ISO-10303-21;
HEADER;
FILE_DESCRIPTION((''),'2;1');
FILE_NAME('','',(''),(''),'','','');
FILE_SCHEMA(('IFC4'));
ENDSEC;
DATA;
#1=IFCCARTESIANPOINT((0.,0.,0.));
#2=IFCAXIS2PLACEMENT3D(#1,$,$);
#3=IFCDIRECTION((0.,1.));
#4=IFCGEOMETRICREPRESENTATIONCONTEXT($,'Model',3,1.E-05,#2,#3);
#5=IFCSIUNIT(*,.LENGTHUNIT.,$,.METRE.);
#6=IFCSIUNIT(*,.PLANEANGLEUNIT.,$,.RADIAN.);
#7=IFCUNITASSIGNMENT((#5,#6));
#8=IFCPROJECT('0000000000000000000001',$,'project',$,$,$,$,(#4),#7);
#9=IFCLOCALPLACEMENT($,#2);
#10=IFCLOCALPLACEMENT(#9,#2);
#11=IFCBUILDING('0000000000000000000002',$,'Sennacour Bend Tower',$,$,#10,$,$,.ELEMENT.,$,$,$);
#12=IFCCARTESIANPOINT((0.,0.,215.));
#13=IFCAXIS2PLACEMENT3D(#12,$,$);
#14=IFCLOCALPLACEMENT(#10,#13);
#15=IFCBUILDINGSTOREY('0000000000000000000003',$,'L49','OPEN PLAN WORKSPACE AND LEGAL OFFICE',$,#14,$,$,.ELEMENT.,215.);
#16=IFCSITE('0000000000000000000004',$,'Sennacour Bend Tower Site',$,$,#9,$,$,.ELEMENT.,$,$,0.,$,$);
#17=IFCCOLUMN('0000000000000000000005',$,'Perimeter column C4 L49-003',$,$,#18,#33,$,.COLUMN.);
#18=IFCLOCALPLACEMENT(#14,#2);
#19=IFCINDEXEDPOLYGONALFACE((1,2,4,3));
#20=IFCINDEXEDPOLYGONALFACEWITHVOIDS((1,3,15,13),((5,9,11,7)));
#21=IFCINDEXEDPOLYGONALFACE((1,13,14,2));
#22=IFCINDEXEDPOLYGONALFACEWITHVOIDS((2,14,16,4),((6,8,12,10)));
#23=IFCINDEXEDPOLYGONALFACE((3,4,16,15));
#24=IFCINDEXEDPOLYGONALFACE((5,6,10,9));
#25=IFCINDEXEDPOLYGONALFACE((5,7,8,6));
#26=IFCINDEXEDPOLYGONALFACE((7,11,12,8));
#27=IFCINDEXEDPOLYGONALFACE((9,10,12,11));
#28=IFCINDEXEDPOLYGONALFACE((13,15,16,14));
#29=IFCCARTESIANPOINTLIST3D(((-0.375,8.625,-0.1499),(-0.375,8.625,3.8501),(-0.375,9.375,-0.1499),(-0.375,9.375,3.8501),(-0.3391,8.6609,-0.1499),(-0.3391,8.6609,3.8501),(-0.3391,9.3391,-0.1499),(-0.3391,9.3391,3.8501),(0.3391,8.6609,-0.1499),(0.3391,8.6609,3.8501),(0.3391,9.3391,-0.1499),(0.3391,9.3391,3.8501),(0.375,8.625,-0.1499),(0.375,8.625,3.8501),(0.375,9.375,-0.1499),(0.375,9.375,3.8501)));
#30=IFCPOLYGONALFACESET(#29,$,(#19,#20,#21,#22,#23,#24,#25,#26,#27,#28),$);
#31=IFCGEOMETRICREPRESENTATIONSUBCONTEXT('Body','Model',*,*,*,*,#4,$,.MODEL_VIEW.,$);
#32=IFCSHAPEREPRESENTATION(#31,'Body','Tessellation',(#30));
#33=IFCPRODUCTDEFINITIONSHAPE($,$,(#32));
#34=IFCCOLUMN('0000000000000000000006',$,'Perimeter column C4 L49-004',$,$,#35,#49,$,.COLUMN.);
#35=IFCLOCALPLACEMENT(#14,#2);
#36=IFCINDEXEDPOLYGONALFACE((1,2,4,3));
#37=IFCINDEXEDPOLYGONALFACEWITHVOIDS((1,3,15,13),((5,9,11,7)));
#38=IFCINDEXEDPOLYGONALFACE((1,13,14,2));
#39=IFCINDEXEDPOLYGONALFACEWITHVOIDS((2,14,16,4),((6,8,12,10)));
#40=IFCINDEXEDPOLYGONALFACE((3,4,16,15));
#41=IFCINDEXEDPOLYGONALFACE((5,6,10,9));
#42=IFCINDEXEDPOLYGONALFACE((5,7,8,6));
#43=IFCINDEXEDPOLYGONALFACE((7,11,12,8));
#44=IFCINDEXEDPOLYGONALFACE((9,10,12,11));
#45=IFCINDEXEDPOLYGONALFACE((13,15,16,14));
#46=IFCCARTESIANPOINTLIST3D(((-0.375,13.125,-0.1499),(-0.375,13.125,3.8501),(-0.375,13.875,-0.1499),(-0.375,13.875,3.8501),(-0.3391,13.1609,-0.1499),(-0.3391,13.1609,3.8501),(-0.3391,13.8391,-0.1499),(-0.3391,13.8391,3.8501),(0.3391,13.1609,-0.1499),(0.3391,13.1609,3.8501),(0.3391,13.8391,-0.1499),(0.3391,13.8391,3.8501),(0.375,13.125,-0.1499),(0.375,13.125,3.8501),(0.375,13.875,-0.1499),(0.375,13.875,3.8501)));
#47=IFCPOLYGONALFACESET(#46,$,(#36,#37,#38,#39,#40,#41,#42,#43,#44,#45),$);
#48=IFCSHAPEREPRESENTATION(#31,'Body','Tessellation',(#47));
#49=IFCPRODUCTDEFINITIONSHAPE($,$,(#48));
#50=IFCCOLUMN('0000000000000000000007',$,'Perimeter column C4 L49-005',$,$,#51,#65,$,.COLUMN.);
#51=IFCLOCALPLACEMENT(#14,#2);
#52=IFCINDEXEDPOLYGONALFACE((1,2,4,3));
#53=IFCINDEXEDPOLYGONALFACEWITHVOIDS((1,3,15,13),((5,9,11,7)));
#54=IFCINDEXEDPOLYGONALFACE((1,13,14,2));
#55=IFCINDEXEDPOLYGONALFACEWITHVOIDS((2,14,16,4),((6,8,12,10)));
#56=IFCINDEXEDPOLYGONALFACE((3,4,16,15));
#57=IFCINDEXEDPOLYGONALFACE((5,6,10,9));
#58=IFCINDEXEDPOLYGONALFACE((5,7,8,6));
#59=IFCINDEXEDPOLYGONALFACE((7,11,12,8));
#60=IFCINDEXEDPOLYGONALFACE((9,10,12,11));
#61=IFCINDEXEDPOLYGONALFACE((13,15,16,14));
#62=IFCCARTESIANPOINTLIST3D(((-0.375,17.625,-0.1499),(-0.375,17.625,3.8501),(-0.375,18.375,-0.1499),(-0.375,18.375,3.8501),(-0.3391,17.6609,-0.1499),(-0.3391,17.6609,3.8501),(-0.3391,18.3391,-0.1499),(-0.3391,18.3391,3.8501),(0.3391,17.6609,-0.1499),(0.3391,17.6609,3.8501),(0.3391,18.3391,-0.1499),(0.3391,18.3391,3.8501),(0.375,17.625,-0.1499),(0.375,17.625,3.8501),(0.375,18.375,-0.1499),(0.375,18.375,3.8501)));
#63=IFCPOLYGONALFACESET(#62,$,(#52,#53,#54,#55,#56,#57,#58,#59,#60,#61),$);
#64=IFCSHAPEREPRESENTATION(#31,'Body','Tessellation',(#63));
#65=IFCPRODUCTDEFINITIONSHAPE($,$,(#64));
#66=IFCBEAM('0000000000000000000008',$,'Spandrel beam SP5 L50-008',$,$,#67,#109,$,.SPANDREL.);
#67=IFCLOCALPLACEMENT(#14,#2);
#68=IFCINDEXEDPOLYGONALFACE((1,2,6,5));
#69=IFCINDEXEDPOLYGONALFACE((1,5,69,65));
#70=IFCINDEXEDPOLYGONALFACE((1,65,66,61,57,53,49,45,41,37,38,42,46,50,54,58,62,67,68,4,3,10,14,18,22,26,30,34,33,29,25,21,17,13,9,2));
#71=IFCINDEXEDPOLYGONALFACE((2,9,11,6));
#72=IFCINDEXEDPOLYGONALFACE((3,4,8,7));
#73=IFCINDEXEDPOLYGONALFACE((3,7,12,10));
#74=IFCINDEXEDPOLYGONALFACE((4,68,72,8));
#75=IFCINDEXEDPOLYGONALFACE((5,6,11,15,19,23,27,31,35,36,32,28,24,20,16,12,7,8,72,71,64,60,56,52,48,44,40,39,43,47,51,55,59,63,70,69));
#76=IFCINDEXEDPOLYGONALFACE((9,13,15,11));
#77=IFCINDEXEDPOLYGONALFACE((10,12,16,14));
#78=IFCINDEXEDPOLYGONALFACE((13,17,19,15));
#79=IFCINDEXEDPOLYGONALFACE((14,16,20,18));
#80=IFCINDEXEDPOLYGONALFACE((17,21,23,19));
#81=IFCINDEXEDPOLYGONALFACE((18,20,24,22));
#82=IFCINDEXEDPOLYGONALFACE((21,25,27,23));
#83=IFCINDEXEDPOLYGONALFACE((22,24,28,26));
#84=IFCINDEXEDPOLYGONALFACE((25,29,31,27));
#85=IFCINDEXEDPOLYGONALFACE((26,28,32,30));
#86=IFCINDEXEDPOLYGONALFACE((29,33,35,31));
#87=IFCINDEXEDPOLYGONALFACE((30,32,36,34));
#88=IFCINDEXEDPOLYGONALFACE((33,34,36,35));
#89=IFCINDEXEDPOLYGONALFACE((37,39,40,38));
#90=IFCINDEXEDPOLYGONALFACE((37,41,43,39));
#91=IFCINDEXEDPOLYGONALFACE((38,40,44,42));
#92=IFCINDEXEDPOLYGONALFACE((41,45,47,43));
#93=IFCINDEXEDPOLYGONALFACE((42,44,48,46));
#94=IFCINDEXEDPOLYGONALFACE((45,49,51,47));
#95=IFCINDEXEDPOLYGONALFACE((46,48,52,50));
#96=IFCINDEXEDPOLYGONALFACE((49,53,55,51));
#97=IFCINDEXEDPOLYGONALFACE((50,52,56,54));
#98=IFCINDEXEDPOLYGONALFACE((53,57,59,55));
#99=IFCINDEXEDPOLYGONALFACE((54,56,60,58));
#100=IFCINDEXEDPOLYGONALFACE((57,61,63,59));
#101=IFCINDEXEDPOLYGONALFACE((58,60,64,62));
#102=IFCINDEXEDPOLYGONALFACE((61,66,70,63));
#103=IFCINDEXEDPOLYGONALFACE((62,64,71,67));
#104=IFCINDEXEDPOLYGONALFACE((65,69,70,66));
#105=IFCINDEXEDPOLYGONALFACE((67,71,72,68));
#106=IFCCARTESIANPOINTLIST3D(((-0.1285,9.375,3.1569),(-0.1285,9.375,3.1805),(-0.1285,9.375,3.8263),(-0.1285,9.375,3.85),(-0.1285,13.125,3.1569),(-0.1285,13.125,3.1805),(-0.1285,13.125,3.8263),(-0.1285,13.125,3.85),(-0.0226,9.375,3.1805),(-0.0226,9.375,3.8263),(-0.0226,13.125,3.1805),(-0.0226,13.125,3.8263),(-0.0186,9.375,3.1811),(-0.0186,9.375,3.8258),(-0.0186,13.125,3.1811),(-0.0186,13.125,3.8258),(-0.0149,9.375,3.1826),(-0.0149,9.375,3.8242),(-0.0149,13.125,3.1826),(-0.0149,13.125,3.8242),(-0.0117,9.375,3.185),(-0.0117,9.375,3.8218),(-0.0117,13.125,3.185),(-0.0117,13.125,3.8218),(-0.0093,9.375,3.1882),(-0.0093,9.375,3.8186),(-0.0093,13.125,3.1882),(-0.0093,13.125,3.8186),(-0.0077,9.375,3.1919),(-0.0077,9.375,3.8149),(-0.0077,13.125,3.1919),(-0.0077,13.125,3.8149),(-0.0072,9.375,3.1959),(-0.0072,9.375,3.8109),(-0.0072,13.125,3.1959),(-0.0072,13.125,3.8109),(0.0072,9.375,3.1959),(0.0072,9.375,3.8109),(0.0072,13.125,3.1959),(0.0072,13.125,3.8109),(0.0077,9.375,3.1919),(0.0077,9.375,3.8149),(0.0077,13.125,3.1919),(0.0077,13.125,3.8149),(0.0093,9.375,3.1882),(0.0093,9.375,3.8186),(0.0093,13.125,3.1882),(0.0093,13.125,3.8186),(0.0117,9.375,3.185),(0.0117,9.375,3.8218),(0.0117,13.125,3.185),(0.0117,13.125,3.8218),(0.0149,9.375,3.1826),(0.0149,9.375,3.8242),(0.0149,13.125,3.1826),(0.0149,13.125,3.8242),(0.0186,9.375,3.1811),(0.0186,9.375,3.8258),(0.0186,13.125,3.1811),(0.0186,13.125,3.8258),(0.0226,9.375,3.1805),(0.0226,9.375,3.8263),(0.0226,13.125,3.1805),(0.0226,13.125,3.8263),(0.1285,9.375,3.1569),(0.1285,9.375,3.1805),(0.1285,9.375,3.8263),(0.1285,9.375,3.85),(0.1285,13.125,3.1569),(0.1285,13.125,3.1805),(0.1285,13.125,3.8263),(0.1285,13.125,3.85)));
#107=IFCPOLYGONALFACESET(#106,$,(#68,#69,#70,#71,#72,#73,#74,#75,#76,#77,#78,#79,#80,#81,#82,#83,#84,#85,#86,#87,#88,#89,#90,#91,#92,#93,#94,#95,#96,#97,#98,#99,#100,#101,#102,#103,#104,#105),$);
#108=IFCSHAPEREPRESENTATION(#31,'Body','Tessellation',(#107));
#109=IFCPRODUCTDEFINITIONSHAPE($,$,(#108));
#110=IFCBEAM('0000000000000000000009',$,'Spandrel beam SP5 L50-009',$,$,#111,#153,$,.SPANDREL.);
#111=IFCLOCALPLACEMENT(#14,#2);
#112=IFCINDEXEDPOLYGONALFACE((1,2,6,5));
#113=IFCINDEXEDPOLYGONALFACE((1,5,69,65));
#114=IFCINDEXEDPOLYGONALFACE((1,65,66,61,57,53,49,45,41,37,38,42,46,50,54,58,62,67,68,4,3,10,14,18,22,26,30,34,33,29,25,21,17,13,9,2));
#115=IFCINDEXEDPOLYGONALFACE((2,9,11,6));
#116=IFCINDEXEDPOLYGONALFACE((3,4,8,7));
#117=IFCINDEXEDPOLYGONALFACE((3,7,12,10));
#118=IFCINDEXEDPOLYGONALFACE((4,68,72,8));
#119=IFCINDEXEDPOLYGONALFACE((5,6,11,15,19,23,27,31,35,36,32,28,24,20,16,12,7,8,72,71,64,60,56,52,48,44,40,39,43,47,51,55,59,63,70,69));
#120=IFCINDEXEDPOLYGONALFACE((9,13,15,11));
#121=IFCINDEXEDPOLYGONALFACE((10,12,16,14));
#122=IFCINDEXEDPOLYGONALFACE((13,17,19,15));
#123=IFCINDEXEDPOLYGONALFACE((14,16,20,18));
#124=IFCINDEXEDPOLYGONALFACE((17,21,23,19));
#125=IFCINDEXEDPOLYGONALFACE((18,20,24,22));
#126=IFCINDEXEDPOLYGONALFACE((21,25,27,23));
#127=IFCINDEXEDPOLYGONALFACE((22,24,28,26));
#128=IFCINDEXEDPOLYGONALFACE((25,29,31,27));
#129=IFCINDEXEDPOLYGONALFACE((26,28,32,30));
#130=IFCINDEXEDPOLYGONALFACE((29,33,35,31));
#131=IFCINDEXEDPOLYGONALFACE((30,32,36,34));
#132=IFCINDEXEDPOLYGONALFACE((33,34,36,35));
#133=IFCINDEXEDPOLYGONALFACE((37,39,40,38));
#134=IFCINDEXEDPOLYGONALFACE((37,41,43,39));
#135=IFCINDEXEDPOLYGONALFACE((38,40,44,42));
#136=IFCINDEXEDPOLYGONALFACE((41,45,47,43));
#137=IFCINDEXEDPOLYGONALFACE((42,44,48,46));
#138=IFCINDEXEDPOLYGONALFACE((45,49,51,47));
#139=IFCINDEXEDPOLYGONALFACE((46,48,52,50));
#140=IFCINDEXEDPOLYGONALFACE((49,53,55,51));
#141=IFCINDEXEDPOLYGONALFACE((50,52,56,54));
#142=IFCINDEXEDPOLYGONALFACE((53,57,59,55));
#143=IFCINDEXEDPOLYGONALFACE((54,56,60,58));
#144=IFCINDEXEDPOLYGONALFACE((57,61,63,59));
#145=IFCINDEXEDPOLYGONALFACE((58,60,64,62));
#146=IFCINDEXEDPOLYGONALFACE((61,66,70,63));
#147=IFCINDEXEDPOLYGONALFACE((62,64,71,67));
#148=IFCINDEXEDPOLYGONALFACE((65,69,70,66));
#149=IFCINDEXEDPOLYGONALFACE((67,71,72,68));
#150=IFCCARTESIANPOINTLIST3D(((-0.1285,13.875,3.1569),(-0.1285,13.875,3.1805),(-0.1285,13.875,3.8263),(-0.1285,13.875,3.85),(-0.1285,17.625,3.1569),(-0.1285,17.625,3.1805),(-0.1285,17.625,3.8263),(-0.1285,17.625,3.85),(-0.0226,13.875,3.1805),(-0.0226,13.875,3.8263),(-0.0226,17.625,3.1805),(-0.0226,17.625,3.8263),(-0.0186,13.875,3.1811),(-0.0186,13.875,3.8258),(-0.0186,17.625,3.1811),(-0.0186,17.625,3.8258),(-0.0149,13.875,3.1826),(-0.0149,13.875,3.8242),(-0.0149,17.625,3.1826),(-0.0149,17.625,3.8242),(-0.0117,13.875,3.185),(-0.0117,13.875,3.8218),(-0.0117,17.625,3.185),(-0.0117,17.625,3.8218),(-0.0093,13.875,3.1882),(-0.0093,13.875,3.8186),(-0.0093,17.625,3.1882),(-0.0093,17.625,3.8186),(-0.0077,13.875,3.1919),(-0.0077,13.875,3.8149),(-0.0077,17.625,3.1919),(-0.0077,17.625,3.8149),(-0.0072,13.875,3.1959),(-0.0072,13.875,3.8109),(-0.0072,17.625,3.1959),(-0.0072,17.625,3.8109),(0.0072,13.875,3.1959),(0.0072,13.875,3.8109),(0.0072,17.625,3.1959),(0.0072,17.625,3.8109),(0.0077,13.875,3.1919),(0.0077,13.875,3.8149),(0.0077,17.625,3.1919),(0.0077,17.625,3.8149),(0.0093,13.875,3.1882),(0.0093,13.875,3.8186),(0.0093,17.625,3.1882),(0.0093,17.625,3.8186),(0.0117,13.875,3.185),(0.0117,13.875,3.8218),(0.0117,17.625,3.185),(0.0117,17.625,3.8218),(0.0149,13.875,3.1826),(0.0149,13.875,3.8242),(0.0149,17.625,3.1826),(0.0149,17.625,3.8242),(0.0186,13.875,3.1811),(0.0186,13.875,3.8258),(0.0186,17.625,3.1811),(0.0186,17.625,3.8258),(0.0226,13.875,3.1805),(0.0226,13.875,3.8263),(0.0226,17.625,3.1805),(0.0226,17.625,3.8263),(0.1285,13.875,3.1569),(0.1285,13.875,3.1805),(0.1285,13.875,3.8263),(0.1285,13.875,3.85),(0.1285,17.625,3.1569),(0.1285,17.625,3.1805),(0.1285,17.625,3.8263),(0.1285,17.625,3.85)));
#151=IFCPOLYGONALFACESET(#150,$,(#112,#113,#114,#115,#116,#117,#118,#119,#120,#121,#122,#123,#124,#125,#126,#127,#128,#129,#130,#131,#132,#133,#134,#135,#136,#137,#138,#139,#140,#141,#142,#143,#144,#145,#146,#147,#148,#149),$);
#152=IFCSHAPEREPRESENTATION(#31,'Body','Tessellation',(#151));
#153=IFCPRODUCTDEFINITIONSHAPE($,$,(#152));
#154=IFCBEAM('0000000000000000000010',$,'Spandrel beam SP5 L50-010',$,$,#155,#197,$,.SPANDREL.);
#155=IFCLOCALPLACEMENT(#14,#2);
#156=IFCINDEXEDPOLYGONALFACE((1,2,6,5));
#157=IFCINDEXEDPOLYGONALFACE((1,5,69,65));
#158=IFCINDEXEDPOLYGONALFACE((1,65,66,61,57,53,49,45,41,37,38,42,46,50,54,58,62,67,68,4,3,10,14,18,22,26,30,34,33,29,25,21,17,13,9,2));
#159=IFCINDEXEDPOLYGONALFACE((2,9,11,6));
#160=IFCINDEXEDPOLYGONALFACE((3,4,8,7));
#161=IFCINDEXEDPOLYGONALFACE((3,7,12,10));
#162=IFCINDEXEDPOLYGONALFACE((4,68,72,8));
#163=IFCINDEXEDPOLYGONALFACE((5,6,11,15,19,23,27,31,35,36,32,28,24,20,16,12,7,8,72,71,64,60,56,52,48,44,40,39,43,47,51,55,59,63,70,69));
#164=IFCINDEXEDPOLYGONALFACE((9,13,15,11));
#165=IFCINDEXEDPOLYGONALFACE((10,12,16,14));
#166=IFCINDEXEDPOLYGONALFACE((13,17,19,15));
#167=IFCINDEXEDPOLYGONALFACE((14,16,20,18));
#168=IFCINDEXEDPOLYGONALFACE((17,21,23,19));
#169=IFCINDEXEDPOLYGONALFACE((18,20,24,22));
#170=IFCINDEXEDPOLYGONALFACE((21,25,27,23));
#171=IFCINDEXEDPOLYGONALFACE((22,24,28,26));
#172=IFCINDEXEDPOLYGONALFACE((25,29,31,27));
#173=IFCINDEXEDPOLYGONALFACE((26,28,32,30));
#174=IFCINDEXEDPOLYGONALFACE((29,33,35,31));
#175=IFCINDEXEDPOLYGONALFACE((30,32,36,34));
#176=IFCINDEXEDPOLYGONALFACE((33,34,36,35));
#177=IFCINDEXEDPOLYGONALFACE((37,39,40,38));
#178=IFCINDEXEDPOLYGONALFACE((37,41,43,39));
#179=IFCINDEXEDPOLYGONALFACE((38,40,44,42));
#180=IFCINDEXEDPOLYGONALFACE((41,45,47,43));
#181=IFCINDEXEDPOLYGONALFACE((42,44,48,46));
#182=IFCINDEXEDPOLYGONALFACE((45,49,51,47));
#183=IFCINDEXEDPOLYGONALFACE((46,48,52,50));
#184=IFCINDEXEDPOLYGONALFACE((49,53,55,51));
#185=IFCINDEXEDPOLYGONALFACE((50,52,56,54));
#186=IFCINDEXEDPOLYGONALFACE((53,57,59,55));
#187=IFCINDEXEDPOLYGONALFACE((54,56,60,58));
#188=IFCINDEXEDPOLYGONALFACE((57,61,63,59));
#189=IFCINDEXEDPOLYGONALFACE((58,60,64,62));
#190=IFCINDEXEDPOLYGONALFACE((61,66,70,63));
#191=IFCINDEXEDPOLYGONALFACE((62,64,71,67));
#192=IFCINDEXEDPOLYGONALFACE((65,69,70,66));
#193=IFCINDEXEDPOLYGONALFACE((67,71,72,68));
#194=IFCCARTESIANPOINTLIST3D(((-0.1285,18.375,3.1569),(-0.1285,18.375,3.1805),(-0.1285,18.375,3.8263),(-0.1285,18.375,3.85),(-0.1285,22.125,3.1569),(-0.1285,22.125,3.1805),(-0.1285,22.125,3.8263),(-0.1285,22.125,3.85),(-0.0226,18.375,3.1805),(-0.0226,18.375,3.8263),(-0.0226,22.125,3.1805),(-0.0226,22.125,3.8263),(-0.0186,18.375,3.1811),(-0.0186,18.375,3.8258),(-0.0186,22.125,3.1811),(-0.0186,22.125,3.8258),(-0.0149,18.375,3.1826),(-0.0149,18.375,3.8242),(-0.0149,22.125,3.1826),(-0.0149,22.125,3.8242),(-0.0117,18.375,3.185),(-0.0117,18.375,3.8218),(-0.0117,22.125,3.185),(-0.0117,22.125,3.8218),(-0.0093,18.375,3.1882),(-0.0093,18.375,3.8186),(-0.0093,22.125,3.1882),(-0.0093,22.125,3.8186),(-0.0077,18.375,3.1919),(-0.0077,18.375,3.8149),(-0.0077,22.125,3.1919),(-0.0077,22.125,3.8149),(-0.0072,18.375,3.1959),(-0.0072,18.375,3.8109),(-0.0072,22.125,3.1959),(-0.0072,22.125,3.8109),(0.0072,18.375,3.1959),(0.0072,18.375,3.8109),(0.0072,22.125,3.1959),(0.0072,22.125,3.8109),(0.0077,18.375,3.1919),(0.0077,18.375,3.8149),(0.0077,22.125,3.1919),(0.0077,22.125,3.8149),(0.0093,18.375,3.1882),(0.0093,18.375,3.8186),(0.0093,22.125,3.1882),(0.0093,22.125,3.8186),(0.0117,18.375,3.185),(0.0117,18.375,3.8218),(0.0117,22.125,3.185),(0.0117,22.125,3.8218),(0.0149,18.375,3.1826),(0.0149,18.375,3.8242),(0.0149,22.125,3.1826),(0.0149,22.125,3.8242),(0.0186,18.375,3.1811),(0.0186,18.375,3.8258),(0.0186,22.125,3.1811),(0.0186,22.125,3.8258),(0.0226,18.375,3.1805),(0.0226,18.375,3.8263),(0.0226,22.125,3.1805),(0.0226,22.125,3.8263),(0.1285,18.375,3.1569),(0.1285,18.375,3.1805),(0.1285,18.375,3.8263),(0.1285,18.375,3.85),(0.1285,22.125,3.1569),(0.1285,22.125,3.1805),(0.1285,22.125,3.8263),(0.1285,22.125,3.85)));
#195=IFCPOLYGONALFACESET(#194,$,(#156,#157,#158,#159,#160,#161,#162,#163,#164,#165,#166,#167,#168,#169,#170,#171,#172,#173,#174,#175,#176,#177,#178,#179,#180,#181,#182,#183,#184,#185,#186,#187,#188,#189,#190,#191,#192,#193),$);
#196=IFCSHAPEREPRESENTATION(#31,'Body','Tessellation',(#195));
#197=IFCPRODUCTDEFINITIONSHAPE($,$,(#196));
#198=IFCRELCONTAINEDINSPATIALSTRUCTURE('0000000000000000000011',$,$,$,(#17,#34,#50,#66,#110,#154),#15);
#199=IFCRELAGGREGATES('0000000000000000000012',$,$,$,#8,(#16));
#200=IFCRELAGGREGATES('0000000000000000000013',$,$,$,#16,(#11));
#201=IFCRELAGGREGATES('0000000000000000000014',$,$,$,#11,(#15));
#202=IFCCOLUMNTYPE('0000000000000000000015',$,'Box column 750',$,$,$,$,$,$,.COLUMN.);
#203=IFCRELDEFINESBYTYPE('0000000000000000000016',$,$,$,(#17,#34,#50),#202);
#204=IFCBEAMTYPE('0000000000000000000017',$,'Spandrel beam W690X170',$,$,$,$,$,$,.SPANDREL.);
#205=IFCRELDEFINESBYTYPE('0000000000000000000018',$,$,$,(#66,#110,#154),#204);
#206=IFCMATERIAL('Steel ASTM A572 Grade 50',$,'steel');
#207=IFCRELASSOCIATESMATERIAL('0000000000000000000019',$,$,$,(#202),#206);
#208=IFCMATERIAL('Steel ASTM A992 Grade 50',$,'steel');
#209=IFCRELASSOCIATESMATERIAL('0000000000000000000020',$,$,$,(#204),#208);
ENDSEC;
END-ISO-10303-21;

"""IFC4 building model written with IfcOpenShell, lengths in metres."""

from ifc_helpers import new_model, si_unit, direction, frame, origin, origin_2d, place, context, subcontext, project, spatial, hollow_rectangle, i_section, extrude, material, material_profile, profile_set, type_object, element, save


model = new_model("IFC4")

# Units and contexts
model_context = context("Model", 3, precision=1e-05, world=origin(), true_north=direction((0.0, 1.0)))
body_context = subcontext(model_context, "Body", "Model", "MODEL_VIEW")
ifc_project = project(units=[si_unit("LENGTHUNIT", "METRE"), si_unit("PLANEANGLEUNIT", "RADIAN")], contexts=[model_context])

# Site, building, storey
site_placement = place(None, origin())
site = spatial("IfcSite", under=ifc_project, at=site_placement, Name="Sennacour Bend Tower Site", CompositionType="ELEMENT", RefElevation=0.0)
building_placement = place(site_placement, origin())
building = spatial("IfcBuilding", under=site, at=building_placement, Name="Sennacour Bend Tower", CompositionType="ELEMENT")
storey_placement = place(building_placement, frame((0.0, 0.0, 215.0)))
storey = spatial("IfcBuildingStorey", under=building, at=storey_placement, Name="L49", Description="OPEN PLAN WORKSPACE AND LEGAL OFFICE", CompositionType="ELEMENT", Elevation=215.0)

# Columns
ifc_material_1 = material(Name="Steel ASTM A572 Grade 50", Category="steel")
ifc_material_profile_1 = material_profile(ifc_material_1, hollow_rectangle(XDim=0.75, YDim=0.75, WallThickness=0.0359, at=origin_2d()), Name="Steel ASTM A572 Grade 50", Category="steel")
ifc_profile_set_1 = profile_set([ifc_material_profile_1], Name="Steel ASTM A572 Grade 50")
column_type = type_object("IfcColumnType", Name="Box column 750", PredefinedType="COLUMN", material=ifc_profile_set_1)
for number, where, z_axis, x_axis, name in (
    (1, (0.0, 9.0, -0.1499), (0.0, 0.0, 1.0), (1.0, 0.0, 0.0), "Perimeter column C4 L49-003"),
    (2, (0.0, 13.5, -0.1499), (0.0, 0.0, 1.0), (1.0, 0.0, 0.0), "Perimeter column C4 L49-004"),
    (3, (0.0, 18.0, -0.1499), (0.0, 0.0, 1.0), (1.0, 0.0, 0.0), "Perimeter column C4 L49-005"),
):
    element("IfcColumn", number, at=place(storey_placement, frame(where, z_axis=z_axis, x_axis=x_axis)), inside=storey, type_object=column_type, Name=name, PredefinedType="COLUMN", context=body_context, shape_type="SweptSolid", body=[
        extrude(hollow_rectangle(XDim=0.75, YDim=0.75, WallThickness=0.0359, at=origin_2d()), origin(), (0.0, 0.0, 1.0), 4.0),
    ])

# Beams
ifc_material_2 = material(Name="Steel ASTM A992 Grade 50", Category="steel")
ifc_material_profile_2 = material_profile(ifc_material_2, i_section(OverallWidth=0.2571, OverallDepth=0.6931, WebThickness=0.0144, FlangeThickness=0.0237, FilletRadius=0.0154, at=origin_2d()), Name="Steel ASTM A992 Grade 50", Category="steel")
ifc_profile_set_2 = profile_set([ifc_material_profile_2], Name="Steel ASTM A992 Grade 50")
beam_type = type_object("IfcBeamType", Name="Spandrel beam W690X170", PredefinedType="SPANDREL", material=ifc_profile_set_2)
for number, where, z_axis, x_axis, name in (
    (4, (0.0, 9.375, 3.5034), (0.0, 1.0, 0.0), (-1.0, 0.0, 0.0), "Spandrel beam SP5 L50-008"),
    (5, (0.0, 13.875, 3.5034), (0.0, 1.0, 0.0), (-1.0, 0.0, 0.0), "Spandrel beam SP5 L50-009"),
    (6, (0.0, 18.375, 3.5034), (0.0, 1.0, 0.0), (-1.0, 0.0, 0.0), "Spandrel beam SP5 L50-010"),
):
    element("IfcBeam", number, at=place(storey_placement, frame(where, z_axis=z_axis, x_axis=x_axis)), inside=storey, type_object=beam_type, Name=name, PredefinedType="SPANDREL", context=body_context, shape_type="SweptSolid", body=[
        extrude(i_section(OverallWidth=0.2571, OverallDepth=0.6931, WebThickness=0.0144, FlangeThickness=0.0237, FilletRadius=0.0154, at=origin_2d()), origin(), (0.0, 0.0, 1.0), 3.75),
    ])

save(model, "model.ifc")
